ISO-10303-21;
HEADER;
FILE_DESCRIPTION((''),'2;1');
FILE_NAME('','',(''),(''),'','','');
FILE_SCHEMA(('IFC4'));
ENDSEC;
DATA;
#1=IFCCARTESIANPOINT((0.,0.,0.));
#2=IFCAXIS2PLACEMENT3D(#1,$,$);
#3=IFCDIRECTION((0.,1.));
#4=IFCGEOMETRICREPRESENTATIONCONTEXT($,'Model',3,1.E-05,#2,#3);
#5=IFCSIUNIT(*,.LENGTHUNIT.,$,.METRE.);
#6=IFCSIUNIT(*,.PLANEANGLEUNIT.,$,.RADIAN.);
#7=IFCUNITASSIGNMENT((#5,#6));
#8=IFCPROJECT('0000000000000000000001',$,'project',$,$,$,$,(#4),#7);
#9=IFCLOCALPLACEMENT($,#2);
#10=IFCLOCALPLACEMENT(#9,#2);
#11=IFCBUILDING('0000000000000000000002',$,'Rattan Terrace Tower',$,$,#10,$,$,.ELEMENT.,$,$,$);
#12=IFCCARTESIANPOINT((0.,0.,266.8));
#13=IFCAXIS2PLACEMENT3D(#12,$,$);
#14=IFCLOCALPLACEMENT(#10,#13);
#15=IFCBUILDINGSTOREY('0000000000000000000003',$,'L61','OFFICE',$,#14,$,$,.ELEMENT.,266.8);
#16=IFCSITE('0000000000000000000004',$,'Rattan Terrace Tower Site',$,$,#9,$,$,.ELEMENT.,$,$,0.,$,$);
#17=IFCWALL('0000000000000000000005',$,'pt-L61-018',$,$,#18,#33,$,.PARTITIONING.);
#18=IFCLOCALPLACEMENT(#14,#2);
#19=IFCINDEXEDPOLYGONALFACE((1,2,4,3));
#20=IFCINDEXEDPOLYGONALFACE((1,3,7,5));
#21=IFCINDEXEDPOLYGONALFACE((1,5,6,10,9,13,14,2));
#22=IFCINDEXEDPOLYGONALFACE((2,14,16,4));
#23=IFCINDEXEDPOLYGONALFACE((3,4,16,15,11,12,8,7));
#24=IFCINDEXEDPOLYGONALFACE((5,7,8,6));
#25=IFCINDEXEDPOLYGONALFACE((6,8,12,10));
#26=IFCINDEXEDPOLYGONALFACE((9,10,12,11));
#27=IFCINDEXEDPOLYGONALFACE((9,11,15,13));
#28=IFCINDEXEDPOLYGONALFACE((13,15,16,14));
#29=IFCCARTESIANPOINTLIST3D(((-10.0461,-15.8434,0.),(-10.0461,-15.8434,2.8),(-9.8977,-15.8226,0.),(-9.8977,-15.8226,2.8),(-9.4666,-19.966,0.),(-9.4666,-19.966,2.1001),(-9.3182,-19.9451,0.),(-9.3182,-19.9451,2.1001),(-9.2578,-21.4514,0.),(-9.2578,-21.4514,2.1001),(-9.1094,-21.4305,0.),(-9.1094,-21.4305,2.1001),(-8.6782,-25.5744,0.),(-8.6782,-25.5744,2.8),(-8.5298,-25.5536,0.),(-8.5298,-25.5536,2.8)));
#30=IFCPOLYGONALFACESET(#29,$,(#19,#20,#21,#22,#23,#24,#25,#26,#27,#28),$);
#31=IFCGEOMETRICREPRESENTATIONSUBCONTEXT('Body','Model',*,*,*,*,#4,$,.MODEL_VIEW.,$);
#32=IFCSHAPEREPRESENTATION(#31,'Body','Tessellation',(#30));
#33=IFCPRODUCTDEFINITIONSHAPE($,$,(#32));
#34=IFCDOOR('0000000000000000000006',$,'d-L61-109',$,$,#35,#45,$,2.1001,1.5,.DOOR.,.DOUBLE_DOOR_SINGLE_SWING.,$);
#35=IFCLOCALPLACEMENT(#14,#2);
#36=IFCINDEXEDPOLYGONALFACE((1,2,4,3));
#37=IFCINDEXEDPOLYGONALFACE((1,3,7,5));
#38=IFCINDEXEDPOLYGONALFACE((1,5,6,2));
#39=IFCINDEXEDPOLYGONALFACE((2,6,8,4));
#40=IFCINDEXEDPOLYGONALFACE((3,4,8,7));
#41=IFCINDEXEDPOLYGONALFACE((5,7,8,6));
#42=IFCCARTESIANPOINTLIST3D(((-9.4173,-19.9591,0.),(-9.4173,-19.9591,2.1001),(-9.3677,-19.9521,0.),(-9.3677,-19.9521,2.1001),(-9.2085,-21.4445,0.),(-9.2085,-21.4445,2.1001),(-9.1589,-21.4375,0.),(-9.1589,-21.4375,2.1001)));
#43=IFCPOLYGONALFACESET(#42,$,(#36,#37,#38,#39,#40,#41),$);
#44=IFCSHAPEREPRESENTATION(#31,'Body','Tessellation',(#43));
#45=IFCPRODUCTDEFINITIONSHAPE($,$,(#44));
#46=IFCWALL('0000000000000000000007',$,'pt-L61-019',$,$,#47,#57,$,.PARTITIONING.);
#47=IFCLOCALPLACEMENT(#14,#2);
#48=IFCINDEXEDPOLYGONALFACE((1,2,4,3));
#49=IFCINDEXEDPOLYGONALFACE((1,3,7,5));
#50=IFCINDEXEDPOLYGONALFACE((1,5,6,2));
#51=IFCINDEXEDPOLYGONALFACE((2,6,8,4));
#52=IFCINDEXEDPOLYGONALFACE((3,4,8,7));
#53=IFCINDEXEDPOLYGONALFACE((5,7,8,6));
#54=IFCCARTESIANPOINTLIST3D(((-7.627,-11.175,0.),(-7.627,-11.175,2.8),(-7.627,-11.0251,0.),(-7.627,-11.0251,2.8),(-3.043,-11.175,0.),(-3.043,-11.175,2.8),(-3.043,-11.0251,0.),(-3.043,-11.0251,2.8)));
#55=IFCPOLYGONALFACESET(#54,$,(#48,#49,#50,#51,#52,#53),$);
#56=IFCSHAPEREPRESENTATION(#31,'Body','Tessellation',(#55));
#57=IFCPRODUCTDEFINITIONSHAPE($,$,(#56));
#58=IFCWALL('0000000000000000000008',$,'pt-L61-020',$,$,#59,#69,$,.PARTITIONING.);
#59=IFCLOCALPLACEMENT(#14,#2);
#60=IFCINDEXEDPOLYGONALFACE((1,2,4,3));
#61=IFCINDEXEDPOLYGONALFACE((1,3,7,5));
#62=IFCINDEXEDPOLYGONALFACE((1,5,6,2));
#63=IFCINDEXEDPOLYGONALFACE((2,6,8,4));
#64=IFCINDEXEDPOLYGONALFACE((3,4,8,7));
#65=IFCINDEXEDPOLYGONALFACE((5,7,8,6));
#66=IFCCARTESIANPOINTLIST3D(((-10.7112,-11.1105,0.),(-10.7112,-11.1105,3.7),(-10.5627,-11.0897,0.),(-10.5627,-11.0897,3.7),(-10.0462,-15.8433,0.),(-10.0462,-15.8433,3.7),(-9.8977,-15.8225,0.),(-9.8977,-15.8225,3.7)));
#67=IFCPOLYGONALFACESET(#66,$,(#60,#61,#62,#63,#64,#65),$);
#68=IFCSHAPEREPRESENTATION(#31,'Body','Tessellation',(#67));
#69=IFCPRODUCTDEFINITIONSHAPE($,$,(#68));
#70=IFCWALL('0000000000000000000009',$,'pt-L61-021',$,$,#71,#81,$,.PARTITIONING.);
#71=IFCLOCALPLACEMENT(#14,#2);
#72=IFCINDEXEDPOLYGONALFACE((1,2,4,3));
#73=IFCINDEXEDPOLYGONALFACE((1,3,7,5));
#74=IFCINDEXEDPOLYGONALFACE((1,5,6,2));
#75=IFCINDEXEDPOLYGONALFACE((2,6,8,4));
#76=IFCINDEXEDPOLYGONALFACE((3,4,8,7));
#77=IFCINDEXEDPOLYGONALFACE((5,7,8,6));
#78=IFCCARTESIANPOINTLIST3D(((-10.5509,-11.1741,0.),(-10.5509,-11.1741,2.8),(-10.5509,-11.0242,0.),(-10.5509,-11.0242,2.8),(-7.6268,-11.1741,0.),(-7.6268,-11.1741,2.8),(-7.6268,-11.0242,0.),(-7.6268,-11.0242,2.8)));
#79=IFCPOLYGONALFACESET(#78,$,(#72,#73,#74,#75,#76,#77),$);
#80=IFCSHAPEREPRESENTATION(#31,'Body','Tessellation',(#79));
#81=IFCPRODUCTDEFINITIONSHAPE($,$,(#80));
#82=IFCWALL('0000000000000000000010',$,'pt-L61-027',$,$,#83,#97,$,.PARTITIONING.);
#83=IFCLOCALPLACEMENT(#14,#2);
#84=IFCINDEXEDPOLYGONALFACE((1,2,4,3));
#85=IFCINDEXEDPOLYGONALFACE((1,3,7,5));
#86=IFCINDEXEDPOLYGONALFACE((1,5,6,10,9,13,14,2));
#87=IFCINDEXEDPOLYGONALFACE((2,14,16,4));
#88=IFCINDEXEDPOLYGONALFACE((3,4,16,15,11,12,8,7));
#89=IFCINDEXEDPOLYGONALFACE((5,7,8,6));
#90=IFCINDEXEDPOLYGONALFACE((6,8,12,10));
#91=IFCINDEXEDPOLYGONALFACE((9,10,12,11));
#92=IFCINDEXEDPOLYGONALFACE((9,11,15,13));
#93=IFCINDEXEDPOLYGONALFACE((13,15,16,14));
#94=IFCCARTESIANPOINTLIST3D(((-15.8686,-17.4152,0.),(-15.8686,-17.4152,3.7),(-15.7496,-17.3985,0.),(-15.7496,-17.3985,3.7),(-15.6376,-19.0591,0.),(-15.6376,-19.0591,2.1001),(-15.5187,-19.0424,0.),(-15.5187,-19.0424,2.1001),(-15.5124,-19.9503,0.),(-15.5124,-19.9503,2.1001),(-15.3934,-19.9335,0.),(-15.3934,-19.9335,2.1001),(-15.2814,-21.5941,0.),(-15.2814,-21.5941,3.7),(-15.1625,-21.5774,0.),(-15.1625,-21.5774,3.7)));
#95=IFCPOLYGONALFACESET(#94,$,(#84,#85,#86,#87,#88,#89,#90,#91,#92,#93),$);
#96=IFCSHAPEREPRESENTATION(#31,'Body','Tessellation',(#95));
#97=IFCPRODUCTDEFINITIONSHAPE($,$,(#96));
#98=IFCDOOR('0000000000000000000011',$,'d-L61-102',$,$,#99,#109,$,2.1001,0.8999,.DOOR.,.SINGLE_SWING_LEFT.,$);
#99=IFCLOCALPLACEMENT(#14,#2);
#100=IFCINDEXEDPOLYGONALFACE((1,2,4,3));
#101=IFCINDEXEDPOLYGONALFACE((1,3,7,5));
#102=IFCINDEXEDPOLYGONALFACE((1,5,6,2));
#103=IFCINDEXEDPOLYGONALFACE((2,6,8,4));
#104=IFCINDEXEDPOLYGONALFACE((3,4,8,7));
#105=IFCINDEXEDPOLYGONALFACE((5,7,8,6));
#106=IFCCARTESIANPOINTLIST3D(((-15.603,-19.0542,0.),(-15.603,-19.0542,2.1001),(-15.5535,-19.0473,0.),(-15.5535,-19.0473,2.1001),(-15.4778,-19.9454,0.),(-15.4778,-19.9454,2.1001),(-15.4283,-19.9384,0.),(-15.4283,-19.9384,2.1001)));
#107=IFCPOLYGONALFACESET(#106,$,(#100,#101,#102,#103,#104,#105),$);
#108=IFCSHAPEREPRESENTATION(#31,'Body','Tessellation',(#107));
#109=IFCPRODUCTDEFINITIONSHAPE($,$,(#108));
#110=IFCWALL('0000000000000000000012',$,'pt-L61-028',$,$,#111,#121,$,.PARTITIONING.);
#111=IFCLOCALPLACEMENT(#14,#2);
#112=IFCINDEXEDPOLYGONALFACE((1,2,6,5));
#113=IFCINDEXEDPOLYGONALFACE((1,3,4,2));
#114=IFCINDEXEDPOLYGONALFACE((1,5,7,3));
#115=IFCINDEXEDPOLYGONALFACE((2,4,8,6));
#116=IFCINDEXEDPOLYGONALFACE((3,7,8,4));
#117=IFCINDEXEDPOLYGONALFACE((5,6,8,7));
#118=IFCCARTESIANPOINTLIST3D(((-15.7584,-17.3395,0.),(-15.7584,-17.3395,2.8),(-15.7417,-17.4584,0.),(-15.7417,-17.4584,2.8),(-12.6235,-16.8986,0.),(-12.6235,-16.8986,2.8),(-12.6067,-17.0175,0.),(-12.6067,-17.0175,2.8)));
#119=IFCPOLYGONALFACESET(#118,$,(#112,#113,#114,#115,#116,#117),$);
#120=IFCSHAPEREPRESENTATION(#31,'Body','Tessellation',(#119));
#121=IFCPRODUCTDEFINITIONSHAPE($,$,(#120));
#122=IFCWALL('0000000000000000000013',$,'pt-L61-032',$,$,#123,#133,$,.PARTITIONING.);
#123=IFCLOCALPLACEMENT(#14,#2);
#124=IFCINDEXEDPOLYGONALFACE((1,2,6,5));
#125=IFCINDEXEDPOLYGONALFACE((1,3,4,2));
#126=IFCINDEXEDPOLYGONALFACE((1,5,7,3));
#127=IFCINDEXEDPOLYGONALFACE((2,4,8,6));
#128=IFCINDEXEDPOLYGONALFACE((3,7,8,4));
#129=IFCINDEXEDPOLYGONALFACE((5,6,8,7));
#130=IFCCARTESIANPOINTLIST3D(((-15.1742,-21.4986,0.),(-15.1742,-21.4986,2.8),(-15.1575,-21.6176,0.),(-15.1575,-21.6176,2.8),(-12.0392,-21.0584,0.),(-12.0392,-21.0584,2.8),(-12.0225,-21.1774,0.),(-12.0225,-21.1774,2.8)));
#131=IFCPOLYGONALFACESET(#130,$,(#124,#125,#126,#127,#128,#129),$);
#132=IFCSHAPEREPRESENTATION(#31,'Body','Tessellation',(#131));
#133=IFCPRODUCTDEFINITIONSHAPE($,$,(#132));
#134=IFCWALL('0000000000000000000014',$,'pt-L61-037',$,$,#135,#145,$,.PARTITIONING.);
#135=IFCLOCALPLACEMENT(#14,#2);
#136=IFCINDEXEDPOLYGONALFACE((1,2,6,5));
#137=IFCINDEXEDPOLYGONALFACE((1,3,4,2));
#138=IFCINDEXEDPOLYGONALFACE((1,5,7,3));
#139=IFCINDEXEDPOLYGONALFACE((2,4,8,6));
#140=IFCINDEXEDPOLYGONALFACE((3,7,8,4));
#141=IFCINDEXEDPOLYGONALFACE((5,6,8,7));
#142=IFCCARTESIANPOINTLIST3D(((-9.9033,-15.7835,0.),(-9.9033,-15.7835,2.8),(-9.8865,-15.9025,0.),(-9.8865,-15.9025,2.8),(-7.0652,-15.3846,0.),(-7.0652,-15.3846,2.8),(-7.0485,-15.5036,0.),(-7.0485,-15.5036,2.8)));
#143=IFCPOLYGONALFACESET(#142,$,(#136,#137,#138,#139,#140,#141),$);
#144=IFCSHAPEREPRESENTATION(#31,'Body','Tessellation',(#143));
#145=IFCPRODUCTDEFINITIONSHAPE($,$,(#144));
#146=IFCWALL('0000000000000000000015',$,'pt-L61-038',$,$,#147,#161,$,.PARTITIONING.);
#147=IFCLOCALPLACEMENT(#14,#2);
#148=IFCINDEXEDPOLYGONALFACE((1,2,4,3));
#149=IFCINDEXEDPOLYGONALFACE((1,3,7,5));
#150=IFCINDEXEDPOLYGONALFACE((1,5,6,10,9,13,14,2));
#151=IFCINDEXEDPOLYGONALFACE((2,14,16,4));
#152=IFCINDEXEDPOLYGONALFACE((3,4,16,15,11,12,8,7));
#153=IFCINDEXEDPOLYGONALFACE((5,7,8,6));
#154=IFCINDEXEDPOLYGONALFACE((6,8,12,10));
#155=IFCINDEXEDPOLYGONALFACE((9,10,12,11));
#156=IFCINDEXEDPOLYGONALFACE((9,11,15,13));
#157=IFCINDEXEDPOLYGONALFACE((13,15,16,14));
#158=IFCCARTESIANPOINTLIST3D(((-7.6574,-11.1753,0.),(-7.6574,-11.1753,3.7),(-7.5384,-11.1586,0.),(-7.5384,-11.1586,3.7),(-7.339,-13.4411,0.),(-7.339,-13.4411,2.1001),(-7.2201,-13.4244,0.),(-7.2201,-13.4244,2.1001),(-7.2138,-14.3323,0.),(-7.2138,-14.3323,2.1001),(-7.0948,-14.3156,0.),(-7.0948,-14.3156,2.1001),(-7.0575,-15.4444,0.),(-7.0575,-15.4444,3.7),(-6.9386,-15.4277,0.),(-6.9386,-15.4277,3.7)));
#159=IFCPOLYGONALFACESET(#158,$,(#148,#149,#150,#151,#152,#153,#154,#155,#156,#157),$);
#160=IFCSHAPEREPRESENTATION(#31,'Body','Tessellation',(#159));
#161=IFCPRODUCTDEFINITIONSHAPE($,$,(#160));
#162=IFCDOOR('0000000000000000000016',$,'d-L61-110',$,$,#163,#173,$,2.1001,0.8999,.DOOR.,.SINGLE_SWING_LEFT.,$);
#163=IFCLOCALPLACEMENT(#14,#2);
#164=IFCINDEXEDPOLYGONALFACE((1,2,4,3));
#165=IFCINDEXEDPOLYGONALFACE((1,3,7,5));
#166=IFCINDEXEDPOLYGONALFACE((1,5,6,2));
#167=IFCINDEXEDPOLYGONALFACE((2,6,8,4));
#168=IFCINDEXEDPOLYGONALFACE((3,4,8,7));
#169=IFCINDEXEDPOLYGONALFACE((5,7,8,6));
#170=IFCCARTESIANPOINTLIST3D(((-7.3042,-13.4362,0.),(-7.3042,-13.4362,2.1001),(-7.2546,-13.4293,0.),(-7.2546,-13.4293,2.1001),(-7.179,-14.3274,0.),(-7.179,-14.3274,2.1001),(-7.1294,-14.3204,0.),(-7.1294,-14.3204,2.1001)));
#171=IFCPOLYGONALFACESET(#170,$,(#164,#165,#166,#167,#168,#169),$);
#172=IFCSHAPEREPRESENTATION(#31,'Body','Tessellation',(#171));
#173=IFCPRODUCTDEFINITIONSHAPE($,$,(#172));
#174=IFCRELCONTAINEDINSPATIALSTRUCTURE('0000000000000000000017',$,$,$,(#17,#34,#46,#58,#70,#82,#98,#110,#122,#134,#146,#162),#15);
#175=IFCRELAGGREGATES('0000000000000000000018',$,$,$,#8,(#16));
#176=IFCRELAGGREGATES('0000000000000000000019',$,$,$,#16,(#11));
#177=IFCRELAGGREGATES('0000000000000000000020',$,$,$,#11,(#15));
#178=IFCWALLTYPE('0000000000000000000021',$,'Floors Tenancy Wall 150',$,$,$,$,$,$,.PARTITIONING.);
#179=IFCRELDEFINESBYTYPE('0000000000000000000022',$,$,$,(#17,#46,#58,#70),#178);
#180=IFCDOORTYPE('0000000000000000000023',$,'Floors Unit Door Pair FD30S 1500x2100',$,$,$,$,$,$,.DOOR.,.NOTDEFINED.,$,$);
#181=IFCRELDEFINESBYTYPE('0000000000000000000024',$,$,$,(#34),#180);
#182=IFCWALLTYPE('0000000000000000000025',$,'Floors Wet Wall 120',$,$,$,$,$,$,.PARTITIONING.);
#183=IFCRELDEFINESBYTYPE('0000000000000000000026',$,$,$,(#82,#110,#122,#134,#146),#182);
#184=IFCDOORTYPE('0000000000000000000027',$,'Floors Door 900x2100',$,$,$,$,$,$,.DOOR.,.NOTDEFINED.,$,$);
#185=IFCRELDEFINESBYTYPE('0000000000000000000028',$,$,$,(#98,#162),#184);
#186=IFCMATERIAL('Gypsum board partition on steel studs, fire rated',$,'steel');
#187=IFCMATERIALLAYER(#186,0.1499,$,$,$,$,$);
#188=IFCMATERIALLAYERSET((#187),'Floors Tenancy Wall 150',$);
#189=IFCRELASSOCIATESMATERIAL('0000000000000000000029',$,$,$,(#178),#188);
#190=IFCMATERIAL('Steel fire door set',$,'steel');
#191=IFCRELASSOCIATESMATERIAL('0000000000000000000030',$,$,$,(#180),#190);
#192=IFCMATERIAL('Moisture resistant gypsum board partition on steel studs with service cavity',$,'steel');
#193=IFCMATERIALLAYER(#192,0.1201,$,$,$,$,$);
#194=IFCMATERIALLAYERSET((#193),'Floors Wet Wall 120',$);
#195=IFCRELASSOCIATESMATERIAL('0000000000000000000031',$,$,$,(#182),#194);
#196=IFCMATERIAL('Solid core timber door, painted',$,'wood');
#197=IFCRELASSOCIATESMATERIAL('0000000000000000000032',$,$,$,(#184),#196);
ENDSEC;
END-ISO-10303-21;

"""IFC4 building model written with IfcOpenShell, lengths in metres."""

from ifc_helpers import new_model, si_unit, direction, frame, frame_2d, origin, place, context, subcontext, project, spatial, rectangle, extrude, material, layer, layer_set, type_object, element, fill, save


model = new_model("IFC4")

# Units and contexts
model_context = context("Model", 3, precision=1e-05, world=origin(), true_north=direction((0.0, 1.0)))
body_context = subcontext(model_context, "Body", "Model", "MODEL_VIEW")
ifc_project = project(units=[si_unit("LENGTHUNIT", "METRE"), si_unit("PLANEANGLEUNIT", "RADIAN")], contexts=[model_context])

# Site, building, storey
site_placement = place(None, origin())
site = spatial("IfcSite", under=ifc_project, at=site_placement, Name="Rattan Terrace Tower Site", CompositionType="ELEMENT", RefElevation=0.0)
building_placement = place(site_placement, origin())
building = spatial("IfcBuilding", under=site, at=building_placement, Name="Rattan Terrace Tower", CompositionType="ELEMENT")
storey_placement = place(building_placement, frame((0.0, 0.0, 266.8)))
storey = spatial("IfcBuildingStorey", under=building, at=storey_placement, Name="L61", Description="OFFICE", CompositionType="ELEMENT", Elevation=266.8)

# Shared definitions
ifc_material_1 = material(Name="Gypsum board partition on steel studs, fire rated", Category="steel")
ifc_layer_1 = layer(ifc_material_1, 0.1499)
ifc_layer_set_1 = layer_set([ifc_layer_1], Name="Floors Tenancy Wall 150")
wall_type_1 = type_object("IfcWallType", Name="Floors Tenancy Wall 150", PredefinedType="PARTITIONING", material=ifc_layer_set_1)

# Wall, opening, door
wall_1_placement = place(storey_placement, frame((-9.9719, -15.833, 0.0), z_axis=(0.0, 0.0, 1.0), x_axis=(0.139205, -0.990264, 0.0)))
wall_1 = element("IfcWall", 1, at=wall_1_placement, inside=storey, type_object=wall_type_1, Name="pt-L61-018", PredefinedType="PARTITIONING", context=body_context, shape_type="SweptSolid", body=[
    extrude(rectangle(XDim=9.8267, YDim=0.1499, at=frame_2d((4.9133, 0.0))), origin(), (0.0, 0.0, 1.0), 2.8),
])
opening_1_placement = place(wall_1_placement, frame((4.1631, 0.0, 0.0)))
opening_1 = element("IfcOpeningElement", 2, at=opening_1_placement, cuts=wall_1, PredefinedType="OPENING", context=body_context, shape_type="SweptSolid", body=[
    extrude(rectangle(XDim=1.5, YDim=2.1001, at=frame_2d((0.75, 1.05))), frame((0.0, 0.0854, 0.0), z_axis=(0.0, -1.0, 0.0), x_axis=(1.0, 0.0, 0.0)), (0.0, 0.0, 1.0), 0.1709),
])
ifc_material_2 = material(Name="Steel fire door set", Category="steel")
door_type_1 = type_object("IfcDoorType", Name="Floors Unit Door Pair FD30S 1500x2100", OperationType="NOTDEFINED", PredefinedType="DOOR", material=ifc_material_2)
door_1_placement = place(opening_1_placement, origin())
door_1 = element("IfcDoor", 3, at=door_1_placement, inside=storey, type_object=door_type_1, Name="d-L61-109", OperationType="DOUBLE_DOOR_SINGLE_SWING", OverallHeight=2.1001, OverallWidth=1.5, PredefinedType="DOOR", context=body_context, shape_type="SweptSolid", body=[
    extrude(rectangle(XDim=1.5, YDim=2.1001, at=frame_2d((0.75, 1.05))), frame((0.0, 0.0249, 0.0), z_axis=(0.0, -1.0, 0.0), x_axis=(1.0, 0.0, 0.0)), (0.0, 0.0, 1.0), 0.05),
])
fill(opening_1, door_1)

# Walls
wall_2_placement = place(storey_placement, frame((-3.043, -11.1001, 0.0), z_axis=(0.0, 0.0, 1.0), x_axis=(-1.0, 0.0, 0.0)))
element("IfcWall", 4, at=wall_2_placement, inside=storey, type_object=wall_type_1, Name="pt-L61-019", PredefinedType="PARTITIONING", context=body_context, shape_type="SweptSolid", body=[
    extrude(rectangle(XDim=4.584, YDim=0.1499, at=frame_2d((2.292, 0.0))), origin(), (0.0, 0.0, 1.0), 2.8),
])
wall_3_placement = place(storey_placement, frame((-10.637, -11.1001, 0.0), z_axis=(0.0, 0.0, 1.0), x_axis=(0.139147, -0.990272, 0.0)))
element("IfcWall", 5, at=wall_3_placement, inside=storey, type_object=wall_type_1, Name="pt-L61-020", PredefinedType="PARTITIONING", context=body_context, shape_type="SweptSolid", body=[
    extrude(rectangle(XDim=4.7793, YDim=0.1499, at=frame_2d((2.3896, 0.0))), origin(), (0.0, 0.0, 1.0), 3.7),
])
wall_4_placement = place(storey_placement, frame((-7.627, -11.0991, 0.0), z_axis=(0.0, 0.0, 1.0), x_axis=(-1.0, 0.0, 0.0)))
element("IfcWall", 6, at=wall_4_placement, inside=storey, type_object=wall_type_1, Name="pt-L61-021", PredefinedType="PARTITIONING", context=body_context, shape_type="SweptSolid", body=[
    extrude(rectangle(XDim=2.9241, YDim=0.1499, at=frame_2d((1.4619, 0.0))), origin(), (0.0, 0.0, 1.0), 2.8),
])

# Wall, opening, door
ifc_material_3 = material(Name="Moisture resistant gypsum board partition on steel studs with service cavity", Category="steel")
ifc_layer_2 = layer(ifc_material_3, 0.1201)
ifc_layer_set_2 = layer_set([ifc_layer_2], Name="Floors Wet Wall 120")
wall_type_2 = type_object("IfcWallType", Name="Floors Wet Wall 120", PredefinedType="PARTITIONING", material=ifc_layer_set_2)
wall_5_placement = place(storey_placement, frame((-15.8091, -17.407, 0.0), z_axis=(0.0, 0.0, 1.0), x_axis=(0.139137, -0.990273, 0.0)))
wall_5 = element("IfcWall", 7, at=wall_5_placement, inside=storey, type_object=wall_type_2, Name="pt-L61-027", PredefinedType="PARTITIONING", context=body_context, shape_type="SweptSolid", body=[
    extrude(rectangle(XDim=4.22, YDim=0.1201, at=frame_2d((2.1099, 0.0))), origin(), (0.0, 0.0, 1.0), 3.7),
])
opening_2_placement = place(wall_5_placement, frame((1.6599, 0.0, 0.0)))
opening_2 = element("IfcOpeningElement", 8, at=opening_2_placement, cuts=wall_5, PredefinedType="OPENING", context=body_context, shape_type="SweptSolid", body=[
    extrude(rectangle(XDim=0.8999, YDim=2.1001, at=frame_2d((0.45, 1.05))), frame((0.0, 0.0706, 0.0), z_axis=(0.0, -1.0, 0.0), x_axis=(1.0, 0.0, 0.0)), (0.0, 0.0, 1.0), 0.1411),
])
ifc_material_4 = material(Name="Solid core timber door, painted", Category="wood")
door_type_2 = type_object("IfcDoorType", Name="Floors Door 900x2100", OperationType="NOTDEFINED", PredefinedType="DOOR", material=ifc_material_4)
door_2_placement = place(opening_2_placement, origin())
door_2 = element("IfcDoor", 9, at=door_2_placement, inside=storey, type_object=door_type_2, Name="d-L61-102", OperationType="SINGLE_SWING_LEFT", OverallHeight=2.1001, OverallWidth=0.8999, PredefinedType="DOOR", context=body_context, shape_type="SweptSolid", body=[
    extrude(rectangle(XDim=0.8999, YDim=2.1001, at=frame_2d((0.45, 1.05))), frame((0.0, 0.0249, 0.0), z_axis=(0.0, -1.0, 0.0), x_axis=(1.0, 0.0, 0.0)), (0.0, 0.0, 1.0), 0.05),
])
fill(opening_2, door_2)

# Walls
for number, where, z_axis, x_axis, name in (
    (10, (-12.615, -16.958, 0.0), (0.0, 0.0, 1.0), (-0.990254, -0.139273, 0.0), "pt-L61-028"),
    (11, (-15.166, -21.5581, 0.0), (0.0, 0.0, 1.0), (0.990286, 0.139046, 0.0), "pt-L61-032"),
):
    element("IfcWall", number, at=place(storey_placement, frame(where, z_axis=z_axis, x_axis=x_axis)), inside=storey, type_object=wall_type_2, Name=name, PredefinedType="PARTITIONING", context=body_context, shape_type="SweptSolid", body=[
        extrude(rectangle(XDim=3.1658, YDim=0.1201, at=frame_2d((1.583, 0.0))), origin(), (0.0, 0.0, 1.0), 2.8),
    ])
wall_6_placement = place(storey_placement, frame((-9.895, -15.843, 0.0), z_axis=(0.0, 0.0, 1.0), x_axis=(0.990266, 0.139191, 0.0)))
element("IfcWall", 12, at=wall_6_placement, inside=storey, type_object=wall_type_2, Name="pt-L61-037", PredefinedType="PARTITIONING", context=body_context, shape_type="SweptSolid", body=[
    extrude(rectangle(XDim=2.866, YDim=0.1201, at=frame_2d((1.4331, 0.0))), origin(), (0.0, 0.0, 1.0), 2.8),
])

# Wall, opening, door
wall_7_placement = place(storey_placement, frame((-6.998, -15.436, 0.0), z_axis=(0.0, 0.0, 1.0), x_axis=(-0.139145, 0.990272, 0.0)))
wall_7 = element("IfcWall", 13, at=wall_7_placement, inside=storey, type_object=wall_type_2, Name="pt-L61-038", PredefinedType="PARTITIONING", context=body_context, shape_type="SweptSolid", body=[
    extrude(rectangle(XDim=4.311, YDim=0.1201, at=frame_2d((2.1555, 0.0))), origin(), (0.0, 0.0, 1.0), 3.7),
])
opening_3_placement = place(wall_7_placement, frame((1.123, 0.0, 0.0)))
opening_3 = element("IfcOpeningElement", 14, at=opening_3_placement, cuts=wall_7, PredefinedType="OPENING", context=body_context, shape_type="SweptSolid", body=[
    extrude(rectangle(XDim=0.8999, YDim=2.1001, at=frame_2d((0.45, 1.05))), frame((0.0, 0.0706, 0.0), z_axis=(0.0, -1.0, 0.0), x_axis=(1.0, 0.0, 0.0)), (0.0, 0.0, 1.0), 0.1411),
])
door_3_placement = place(opening_3_placement, origin())
door_3 = element("IfcDoor", 15, at=door_3_placement, inside=storey, type_object=door_type_2, Name="d-L61-110", OperationType="SINGLE_SWING_LEFT", OverallHeight=2.1001, OverallWidth=0.8999, PredefinedType="DOOR", context=body_context, shape_type="SweptSolid", body=[
    extrude(rectangle(XDim=0.8999, YDim=2.1001, at=frame_2d((0.45, 1.05))), frame((0.0, 0.0249, 0.0), z_axis=(0.0, -1.0, 0.0), x_axis=(1.0, 0.0, 0.0)), (0.0, 0.0, 1.0), 0.05),
])
fill(opening_3, door_3)

save(model, "model.ifc")
